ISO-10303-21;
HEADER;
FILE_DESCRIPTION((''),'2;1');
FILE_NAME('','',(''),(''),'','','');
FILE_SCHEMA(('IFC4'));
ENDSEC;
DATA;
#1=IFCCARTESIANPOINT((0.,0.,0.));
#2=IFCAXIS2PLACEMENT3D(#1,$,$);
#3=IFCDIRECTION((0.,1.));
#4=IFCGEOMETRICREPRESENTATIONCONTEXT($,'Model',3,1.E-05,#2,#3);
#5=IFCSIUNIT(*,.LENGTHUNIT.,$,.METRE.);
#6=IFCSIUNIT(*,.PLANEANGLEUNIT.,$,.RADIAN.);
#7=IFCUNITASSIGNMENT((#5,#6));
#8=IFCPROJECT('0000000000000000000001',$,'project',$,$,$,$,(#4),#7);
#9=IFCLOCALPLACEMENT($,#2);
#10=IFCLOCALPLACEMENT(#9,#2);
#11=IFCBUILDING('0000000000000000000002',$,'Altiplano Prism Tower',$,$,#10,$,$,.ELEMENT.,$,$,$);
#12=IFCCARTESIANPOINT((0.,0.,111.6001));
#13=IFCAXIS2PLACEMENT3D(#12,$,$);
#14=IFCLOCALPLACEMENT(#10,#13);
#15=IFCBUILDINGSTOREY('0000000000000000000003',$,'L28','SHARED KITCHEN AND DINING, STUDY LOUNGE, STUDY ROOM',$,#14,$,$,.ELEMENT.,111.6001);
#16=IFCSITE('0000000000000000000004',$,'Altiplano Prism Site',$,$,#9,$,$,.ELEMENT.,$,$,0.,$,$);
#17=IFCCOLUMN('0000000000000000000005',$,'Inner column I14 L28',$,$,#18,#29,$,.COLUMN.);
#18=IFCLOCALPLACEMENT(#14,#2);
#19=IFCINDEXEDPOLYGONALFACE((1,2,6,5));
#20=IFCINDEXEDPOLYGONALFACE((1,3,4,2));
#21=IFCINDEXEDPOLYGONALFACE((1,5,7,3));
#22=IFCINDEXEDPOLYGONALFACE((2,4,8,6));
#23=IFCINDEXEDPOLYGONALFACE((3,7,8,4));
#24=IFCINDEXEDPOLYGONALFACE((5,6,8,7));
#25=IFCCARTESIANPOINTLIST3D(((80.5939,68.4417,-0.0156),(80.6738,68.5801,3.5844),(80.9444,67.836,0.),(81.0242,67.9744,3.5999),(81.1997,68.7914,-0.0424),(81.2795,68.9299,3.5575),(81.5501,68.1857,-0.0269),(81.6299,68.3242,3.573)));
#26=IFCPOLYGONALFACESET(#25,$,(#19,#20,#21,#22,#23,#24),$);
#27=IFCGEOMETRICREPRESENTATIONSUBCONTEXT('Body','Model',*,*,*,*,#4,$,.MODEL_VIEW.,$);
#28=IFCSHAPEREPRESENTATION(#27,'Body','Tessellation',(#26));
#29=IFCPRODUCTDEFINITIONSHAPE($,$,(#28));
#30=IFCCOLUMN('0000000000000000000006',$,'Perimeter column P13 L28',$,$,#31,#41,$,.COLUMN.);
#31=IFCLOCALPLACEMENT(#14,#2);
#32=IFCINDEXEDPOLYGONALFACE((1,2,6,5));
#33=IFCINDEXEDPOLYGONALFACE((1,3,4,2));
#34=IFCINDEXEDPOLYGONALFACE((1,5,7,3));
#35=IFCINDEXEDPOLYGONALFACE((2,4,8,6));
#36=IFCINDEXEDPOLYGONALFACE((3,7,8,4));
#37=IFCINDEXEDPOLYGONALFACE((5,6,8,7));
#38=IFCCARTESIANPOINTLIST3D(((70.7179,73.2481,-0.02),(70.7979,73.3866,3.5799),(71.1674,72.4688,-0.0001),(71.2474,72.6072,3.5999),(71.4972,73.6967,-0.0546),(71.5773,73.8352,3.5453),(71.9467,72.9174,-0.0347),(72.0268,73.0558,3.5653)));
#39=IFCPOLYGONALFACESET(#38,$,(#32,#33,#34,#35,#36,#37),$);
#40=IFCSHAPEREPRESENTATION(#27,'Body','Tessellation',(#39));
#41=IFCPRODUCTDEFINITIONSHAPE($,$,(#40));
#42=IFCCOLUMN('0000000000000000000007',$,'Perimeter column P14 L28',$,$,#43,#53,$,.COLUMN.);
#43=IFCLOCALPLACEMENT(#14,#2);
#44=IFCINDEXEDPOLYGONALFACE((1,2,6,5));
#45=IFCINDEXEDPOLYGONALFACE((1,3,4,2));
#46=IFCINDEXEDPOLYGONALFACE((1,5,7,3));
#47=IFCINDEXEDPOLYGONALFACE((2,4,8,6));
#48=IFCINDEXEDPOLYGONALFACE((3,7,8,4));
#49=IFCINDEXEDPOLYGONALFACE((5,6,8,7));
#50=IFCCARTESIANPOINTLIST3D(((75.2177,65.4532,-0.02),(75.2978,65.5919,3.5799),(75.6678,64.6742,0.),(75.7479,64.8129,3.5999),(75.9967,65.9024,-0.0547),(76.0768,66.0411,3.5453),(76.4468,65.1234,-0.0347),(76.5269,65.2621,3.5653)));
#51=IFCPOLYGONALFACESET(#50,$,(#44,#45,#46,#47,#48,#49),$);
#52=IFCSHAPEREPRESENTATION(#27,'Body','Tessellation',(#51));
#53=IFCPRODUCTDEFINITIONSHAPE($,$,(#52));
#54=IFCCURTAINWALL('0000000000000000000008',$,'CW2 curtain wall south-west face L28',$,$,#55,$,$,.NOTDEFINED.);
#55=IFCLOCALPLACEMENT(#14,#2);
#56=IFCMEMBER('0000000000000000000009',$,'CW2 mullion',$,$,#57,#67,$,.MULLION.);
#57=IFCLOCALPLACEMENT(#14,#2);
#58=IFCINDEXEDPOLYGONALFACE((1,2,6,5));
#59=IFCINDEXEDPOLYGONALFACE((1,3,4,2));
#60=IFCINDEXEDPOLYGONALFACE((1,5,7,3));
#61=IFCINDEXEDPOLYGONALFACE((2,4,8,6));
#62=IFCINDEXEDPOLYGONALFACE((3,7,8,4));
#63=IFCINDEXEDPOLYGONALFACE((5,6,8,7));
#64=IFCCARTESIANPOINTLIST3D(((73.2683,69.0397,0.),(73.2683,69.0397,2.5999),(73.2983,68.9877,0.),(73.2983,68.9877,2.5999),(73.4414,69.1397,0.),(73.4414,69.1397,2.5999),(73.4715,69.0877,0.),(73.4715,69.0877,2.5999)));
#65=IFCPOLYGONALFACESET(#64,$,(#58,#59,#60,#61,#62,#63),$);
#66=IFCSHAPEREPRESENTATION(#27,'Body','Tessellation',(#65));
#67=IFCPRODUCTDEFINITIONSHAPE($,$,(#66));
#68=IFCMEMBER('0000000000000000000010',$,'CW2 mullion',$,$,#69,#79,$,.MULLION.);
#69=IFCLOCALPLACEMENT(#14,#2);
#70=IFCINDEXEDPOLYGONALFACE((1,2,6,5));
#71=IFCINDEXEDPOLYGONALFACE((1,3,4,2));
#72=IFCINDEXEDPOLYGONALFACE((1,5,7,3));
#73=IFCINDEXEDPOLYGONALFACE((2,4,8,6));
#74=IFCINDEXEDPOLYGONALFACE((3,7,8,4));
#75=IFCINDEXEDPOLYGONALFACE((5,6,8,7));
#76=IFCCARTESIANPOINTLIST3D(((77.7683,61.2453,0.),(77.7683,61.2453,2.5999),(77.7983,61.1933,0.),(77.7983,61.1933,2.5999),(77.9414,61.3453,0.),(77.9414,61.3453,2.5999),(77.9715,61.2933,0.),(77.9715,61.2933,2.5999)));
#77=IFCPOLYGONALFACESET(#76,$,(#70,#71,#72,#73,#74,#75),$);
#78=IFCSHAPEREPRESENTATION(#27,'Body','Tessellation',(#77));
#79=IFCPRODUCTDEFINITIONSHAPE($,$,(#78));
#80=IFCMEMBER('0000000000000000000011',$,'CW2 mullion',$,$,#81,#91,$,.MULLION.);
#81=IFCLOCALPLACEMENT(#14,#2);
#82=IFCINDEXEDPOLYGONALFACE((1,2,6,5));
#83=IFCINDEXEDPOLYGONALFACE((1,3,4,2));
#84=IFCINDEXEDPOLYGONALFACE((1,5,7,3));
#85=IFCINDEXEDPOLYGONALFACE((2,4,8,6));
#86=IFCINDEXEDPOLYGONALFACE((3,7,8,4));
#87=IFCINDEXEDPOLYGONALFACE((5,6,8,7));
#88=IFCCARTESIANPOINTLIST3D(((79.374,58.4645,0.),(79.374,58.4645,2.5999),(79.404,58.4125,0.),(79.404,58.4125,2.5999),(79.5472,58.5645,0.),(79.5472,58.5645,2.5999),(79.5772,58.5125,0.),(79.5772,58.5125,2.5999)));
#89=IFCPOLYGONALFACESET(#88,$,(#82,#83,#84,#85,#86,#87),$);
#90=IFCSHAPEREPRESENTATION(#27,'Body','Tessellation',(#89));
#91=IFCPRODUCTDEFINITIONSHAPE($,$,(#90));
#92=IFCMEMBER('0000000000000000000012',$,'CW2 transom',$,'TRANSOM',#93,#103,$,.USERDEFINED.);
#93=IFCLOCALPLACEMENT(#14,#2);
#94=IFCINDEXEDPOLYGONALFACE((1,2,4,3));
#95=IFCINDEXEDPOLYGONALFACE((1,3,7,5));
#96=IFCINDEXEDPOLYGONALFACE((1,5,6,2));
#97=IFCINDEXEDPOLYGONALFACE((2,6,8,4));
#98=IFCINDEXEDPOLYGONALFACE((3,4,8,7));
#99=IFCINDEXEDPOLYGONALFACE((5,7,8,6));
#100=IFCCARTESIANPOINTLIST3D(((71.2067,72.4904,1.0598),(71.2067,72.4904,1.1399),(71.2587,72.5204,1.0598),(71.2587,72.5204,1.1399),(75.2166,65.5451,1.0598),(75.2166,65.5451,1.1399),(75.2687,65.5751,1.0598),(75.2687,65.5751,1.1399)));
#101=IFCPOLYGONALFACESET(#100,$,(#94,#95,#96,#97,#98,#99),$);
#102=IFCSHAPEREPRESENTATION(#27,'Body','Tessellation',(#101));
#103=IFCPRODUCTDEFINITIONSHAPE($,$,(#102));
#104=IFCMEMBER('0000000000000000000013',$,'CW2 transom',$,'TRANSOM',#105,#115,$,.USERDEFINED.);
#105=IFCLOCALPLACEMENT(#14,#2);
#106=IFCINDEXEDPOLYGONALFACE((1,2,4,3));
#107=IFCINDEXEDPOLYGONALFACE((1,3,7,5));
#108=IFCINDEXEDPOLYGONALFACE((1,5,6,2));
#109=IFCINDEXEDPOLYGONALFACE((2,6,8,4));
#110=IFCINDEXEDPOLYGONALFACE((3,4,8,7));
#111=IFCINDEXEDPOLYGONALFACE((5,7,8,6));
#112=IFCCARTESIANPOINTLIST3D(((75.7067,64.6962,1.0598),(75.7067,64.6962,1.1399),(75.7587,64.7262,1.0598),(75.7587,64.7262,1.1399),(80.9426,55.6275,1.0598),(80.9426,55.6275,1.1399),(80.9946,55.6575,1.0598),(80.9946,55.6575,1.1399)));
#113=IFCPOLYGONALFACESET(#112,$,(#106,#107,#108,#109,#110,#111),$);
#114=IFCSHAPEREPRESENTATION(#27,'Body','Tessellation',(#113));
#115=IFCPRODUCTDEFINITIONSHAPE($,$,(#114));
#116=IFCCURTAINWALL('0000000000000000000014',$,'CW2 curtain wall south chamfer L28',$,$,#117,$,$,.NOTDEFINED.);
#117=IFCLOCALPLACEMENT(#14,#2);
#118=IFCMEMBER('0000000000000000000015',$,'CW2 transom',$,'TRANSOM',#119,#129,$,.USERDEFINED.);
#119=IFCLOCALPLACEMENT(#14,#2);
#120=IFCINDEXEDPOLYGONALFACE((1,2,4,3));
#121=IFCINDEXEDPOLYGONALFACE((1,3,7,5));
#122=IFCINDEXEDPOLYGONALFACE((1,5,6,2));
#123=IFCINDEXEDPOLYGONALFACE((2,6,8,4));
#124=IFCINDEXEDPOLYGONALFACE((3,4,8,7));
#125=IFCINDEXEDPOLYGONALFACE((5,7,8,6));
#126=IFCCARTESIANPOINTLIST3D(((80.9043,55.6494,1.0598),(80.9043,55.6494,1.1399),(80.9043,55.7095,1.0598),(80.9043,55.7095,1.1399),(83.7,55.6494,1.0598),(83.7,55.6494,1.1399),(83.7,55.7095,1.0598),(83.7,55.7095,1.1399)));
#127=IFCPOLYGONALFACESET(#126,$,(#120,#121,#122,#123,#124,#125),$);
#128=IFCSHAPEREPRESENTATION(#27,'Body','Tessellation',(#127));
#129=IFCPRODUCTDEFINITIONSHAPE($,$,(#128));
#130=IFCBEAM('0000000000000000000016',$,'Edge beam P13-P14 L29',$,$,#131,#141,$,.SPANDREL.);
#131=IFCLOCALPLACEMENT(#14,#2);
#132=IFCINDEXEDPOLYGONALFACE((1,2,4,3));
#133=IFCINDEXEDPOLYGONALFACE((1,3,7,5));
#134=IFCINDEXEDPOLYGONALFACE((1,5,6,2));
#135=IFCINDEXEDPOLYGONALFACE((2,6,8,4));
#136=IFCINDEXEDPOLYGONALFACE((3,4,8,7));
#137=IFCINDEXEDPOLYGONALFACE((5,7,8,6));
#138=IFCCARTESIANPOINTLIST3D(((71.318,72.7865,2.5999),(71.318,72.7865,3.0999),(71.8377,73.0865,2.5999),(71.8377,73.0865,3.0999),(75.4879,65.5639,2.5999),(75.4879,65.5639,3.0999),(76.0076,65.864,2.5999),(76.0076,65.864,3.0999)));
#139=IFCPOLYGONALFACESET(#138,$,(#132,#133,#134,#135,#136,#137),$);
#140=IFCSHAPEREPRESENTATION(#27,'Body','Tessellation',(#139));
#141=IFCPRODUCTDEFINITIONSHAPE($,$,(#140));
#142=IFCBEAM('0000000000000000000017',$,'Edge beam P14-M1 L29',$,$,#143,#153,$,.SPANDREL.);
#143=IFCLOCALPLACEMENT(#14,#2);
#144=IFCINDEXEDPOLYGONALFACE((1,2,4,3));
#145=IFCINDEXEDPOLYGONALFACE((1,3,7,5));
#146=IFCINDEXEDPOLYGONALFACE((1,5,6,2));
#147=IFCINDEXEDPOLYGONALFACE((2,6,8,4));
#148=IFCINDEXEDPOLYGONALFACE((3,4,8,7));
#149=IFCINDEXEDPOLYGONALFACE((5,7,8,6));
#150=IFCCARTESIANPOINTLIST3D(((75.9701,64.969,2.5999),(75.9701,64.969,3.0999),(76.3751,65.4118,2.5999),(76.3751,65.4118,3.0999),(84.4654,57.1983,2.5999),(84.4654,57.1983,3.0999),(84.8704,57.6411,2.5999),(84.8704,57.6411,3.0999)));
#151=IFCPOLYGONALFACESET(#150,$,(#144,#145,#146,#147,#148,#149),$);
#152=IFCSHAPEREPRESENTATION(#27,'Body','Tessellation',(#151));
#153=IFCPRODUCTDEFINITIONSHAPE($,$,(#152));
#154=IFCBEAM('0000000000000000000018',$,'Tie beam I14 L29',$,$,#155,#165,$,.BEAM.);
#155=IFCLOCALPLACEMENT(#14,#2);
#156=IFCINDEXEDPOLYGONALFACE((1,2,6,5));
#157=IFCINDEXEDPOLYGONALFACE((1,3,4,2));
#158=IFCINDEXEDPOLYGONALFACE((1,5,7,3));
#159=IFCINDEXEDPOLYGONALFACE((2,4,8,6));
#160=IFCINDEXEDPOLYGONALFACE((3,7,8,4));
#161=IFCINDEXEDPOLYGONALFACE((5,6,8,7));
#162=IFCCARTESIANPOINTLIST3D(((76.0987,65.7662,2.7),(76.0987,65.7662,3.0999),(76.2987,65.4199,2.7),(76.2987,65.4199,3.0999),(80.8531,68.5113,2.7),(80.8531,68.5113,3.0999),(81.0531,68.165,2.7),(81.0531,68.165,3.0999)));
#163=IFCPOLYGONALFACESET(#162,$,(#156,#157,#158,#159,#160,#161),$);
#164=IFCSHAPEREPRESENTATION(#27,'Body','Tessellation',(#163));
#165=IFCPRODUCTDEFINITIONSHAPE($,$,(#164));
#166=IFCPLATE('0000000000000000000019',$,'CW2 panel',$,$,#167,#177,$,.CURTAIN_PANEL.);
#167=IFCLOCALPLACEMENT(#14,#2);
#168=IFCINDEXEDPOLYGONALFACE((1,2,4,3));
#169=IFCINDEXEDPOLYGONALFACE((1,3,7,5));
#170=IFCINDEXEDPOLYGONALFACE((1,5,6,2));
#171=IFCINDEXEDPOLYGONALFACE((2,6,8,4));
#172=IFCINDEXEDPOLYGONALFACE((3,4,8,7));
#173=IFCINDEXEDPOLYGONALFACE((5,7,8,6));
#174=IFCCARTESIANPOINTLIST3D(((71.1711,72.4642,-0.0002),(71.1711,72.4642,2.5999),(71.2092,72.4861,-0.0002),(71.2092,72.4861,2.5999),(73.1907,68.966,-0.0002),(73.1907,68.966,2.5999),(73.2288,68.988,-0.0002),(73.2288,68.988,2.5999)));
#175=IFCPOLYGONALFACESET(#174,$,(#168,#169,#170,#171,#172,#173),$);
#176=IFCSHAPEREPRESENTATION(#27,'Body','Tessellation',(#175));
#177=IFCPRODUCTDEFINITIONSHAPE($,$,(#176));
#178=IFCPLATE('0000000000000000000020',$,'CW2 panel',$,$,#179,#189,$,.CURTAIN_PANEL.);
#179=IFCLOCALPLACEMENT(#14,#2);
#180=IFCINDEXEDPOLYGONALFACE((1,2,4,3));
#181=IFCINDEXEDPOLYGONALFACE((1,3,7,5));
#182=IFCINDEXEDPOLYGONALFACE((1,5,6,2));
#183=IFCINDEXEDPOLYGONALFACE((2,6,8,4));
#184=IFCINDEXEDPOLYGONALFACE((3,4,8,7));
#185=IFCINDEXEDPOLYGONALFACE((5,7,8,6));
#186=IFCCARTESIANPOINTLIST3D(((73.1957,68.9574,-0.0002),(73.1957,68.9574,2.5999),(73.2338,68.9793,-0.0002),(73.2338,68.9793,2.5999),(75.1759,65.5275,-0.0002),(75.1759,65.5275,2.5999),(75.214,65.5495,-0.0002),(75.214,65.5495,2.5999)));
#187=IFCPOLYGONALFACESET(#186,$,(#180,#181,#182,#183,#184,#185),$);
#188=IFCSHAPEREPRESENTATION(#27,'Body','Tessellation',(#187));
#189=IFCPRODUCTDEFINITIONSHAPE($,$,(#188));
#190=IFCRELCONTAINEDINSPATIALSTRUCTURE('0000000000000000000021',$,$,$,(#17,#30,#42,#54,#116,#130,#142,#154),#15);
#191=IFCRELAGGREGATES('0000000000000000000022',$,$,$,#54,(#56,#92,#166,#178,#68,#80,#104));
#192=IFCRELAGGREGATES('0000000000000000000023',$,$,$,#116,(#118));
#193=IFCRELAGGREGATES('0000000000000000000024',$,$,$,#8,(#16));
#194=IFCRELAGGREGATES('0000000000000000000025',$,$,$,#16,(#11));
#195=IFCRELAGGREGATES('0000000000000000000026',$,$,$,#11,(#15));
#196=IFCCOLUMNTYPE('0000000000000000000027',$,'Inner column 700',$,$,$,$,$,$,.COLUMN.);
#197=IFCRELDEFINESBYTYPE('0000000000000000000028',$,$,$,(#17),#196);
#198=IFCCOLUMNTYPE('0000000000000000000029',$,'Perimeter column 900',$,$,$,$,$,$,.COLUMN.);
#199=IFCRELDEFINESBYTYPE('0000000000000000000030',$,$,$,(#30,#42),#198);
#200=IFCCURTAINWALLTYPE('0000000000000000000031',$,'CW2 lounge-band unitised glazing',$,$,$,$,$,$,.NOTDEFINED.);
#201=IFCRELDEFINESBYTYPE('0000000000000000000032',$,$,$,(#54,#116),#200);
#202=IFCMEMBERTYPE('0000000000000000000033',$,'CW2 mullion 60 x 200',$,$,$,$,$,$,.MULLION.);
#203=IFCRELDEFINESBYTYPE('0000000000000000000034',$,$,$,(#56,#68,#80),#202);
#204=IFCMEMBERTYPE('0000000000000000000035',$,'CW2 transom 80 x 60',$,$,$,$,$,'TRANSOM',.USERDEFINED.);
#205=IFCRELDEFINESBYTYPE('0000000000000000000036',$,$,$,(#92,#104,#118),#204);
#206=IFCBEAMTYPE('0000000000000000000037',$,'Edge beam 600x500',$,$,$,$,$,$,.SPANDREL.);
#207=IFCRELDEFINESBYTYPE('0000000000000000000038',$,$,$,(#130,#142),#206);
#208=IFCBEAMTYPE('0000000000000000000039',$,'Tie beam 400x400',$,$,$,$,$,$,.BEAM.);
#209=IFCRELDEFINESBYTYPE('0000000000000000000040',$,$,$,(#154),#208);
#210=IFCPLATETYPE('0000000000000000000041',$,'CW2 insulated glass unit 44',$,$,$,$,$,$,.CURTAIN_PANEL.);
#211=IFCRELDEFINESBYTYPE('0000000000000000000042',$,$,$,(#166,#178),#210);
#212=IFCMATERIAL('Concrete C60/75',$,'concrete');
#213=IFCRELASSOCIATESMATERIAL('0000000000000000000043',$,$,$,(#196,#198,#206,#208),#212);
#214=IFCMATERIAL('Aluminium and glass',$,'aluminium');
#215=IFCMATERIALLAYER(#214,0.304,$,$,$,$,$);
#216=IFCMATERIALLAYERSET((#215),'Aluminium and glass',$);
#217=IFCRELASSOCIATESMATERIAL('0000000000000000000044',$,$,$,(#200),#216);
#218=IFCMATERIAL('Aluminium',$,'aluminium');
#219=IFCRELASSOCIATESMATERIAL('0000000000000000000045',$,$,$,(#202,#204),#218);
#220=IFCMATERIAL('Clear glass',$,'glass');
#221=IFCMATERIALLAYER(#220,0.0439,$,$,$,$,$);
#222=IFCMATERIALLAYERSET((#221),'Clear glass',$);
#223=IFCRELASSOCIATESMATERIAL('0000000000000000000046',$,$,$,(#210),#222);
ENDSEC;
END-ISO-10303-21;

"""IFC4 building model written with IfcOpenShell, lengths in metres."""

from ifc_helpers import new_model, si_unit, direction, frame, origin, origin_2d, place, context, subcontext, project, spatial, rectangle, extrude, material, layer, layer_set, material_profile, profile_set, type_object, element, aggregate, save


model = new_model("IFC4")

# Units and contexts
model_context = context("Model", 3, precision=1e-05, world=origin(), true_north=direction((0.0, 1.0)))
body_context = subcontext(model_context, "Body", "Model", "MODEL_VIEW")
ifc_project = project(units=[si_unit("LENGTHUNIT", "METRE"), si_unit("PLANEANGLEUNIT", "RADIAN")], contexts=[model_context])

# Site, building, storey
site_placement = place(None, origin())
site = spatial("IfcSite", under=ifc_project, at=site_placement, Name="Altiplano Prism Site", CompositionType="ELEMENT", RefElevation=0.0)
building_placement = place(site_placement, origin())
building = spatial("IfcBuilding", under=site, at=building_placement, Name="Altiplano Prism Tower", CompositionType="ELEMENT")
storey_placement = place(building_placement, frame((0.0, 0.0, 111.6001)))
storey = spatial("IfcBuildingStorey", under=building, at=storey_placement, Name="L28", Description="SHARED KITCHEN AND DINING, STUDY LOUNGE, STUDY ROOM", CompositionType="ELEMENT", Elevation=111.6001)

# Columns
ifc_material_1 = material(Name="Concrete C60/75", Category="concrete")
ifc_material_profile_1 = material_profile(ifc_material_1, rectangle(XDim=0.7, YDim=0.7, at=origin_2d()), Name="Inner column 700")
ifc_profile_set_1 = profile_set([ifc_material_profile_1], Name="Concrete C60/75")
column_type_1 = type_object("IfcColumnType", Name="Inner column 700", PredefinedType="COLUMN", material=ifc_profile_set_1)
column_placement = place(storey_placement, frame((81.072, 68.3137, -0.0212), z_axis=(0.022155, 0.038416, 0.999016), x_axis=(-0.865365, -0.499669, 0.038405)))
element("IfcColumn", 1, at=column_placement, inside=storey, type_object=column_type_1, Name="Inner column I14 L28", PredefinedType="COLUMN", context=body_context, shape_type="SweptSolid", body=[
    extrude(rectangle(XDim=0.7, YDim=0.7, at=origin_2d()), origin(), (0.0, 0.0, 1.0), 3.6035),
])
ifc_material_profile_2 = material_profile(ifc_material_1, rectangle(XDim=0.8999, YDim=0.8999, at=origin_2d()), Name="Perimeter column 900")
ifc_profile_set_2 = profile_set([ifc_material_profile_2], Name="Concrete C60/75")
column_type_2 = type_object("IfcColumnType", Name="Perimeter column 900", PredefinedType="COLUMN", material=ifc_profile_set_2)
for number, where, z_axis, x_axis, name in (
    (2, (71.3323, 73.0828, -0.0273), (0.022223, 0.038416, 0.999015), (-0.866024, -0.498523, 0.038435), "Perimeter column P13 L28"),
    (3, (75.8323, 65.2883, -0.0273), (0.022223, 0.038483, 0.999012), (-0.865642, -0.499182, 0.038485), "Perimeter column P14 L28"),
):
    element("IfcColumn", number, at=place(storey_placement, frame(where, z_axis=z_axis, x_axis=x_axis)), inside=storey, type_object=column_type_2, Name=name, PredefinedType="COLUMN", context=body_context, shape_type="SweptSolid", body=[
        extrude(rectangle(XDim=0.8999, YDim=0.8999, at=origin_2d()), origin(), (0.0, 0.0, 1.0), 3.6035),
    ])

# Curtain wall, members
ifc_material_2 = material(Name="Aluminium and glass", Category="aluminium")
ifc_layer_1 = layer(ifc_material_2, 0.304)
ifc_layer_set_1 = layer_set([ifc_layer_1], Name="Aluminium and glass")
curtain_wall_type = type_object("IfcCurtainWallType", Name="CW2 lounge-band unitised glazing", PredefinedType="NOTDEFINED", material=ifc_layer_set_1)
curtain_wall_1_placement = place(storey_placement, origin())
curtain_wall_1 = element("IfcCurtainWall", 4, at=curtain_wall_1_placement, inside=storey, type_object=curtain_wall_type, Name="CW2 curtain wall south-west face L28", PredefinedType="NOTDEFINED")
ifc_material_3 = material(Name="Aluminium", Category="aluminium")
ifc_material_profile_3 = material_profile(ifc_material_3, rectangle(XDim=0.2, YDim=0.0601, at=origin_2d()), Name="CW2 mullion 60 x 200")
ifc_profile_set_3 = profile_set([ifc_material_profile_3], Name="Aluminium")
member_type_1 = type_object("IfcMemberType", Name="CW2 mullion 60 x 200", PredefinedType="MULLION", material=ifc_profile_set_3)
member_1_placement = place(storey_placement, frame((73.3699, 69.0637, 0.0), z_axis=(0.0, 0.0, 1.0), x_axis=(0.866025, 0.5, 0.0)))
member_1 = element("IfcMember", 5, at=member_1_placement, type_object=member_type_1, Name="CW2 mullion", PredefinedType="MULLION", context=body_context, shape_type="SweptSolid", body=[
    extrude(rectangle(XDim=0.2, YDim=0.0601, at=origin_2d()), origin(), (0.0, 0.0, 1.0), 2.5999),
])
member_2_placement = place(storey_placement, frame((77.8699, 61.2693, 0.0), z_axis=(0.0, 0.0, 1.0), x_axis=(0.866025, 0.5, 0.0)))
member_2 = element("IfcMember", 6, at=member_2_placement, type_object=member_type_1, Name="CW2 mullion", PredefinedType="MULLION", context=body_context, shape_type="SweptSolid", body=[
    extrude(rectangle(XDim=0.2, YDim=0.0601, at=origin_2d()), origin(), (0.0, 0.0, 1.0), 2.5999),
])
member_3_placement = place(storey_placement, frame((79.4756, 58.4885, 0.0), z_axis=(0.0, 0.0, 1.0), x_axis=(0.866025, 0.5, 0.0)))
member_3 = element("IfcMember", 7, at=member_3_placement, type_object=member_type_1, Name="CW2 mullion", PredefinedType="MULLION", context=body_context, shape_type="SweptSolid", body=[
    extrude(rectangle(XDim=0.2, YDim=0.0601, at=origin_2d()), origin(), (0.0, 0.0, 1.0), 2.5999),
])
ifc_material_profile_4 = material_profile(ifc_material_3, rectangle(XDim=0.0601, YDim=0.0801, at=origin_2d()), Name="CW2 transom 80 x 60")
ifc_profile_set_4 = profile_set([ifc_material_profile_4], Name="Aluminium")
member_type_2 = type_object("IfcMemberType", Name="CW2 transom 80 x 60", ElementType="TRANSOM", PredefinedType="USERDEFINED", material=ifc_profile_set_4)
member_4_placement = place(storey_placement, frame((71.2327, 72.5054, 1.0999), z_axis=(0.500012, -0.866018, 0.0), x_axis=(0.866018, 0.500012, 0.0)))
member_4 = element("IfcMember", 8, at=member_4_placement, type_object=member_type_2, Name="CW2 transom", ObjectType="TRANSOM", PredefinedType="USERDEFINED", context=body_context, shape_type="SweptSolid", body=[
    extrude(rectangle(XDim=0.0601, YDim=0.0801, at=origin_2d()), origin(), (0.0, 0.0, 1.0), 8.0198),
])
member_5_placement = place(storey_placement, frame((75.7327, 64.7112, 1.0999), z_axis=(0.500006, -0.866022, 0.0), x_axis=(0.866022, 0.500006, 0.0)))
member_5 = element("IfcMember", 9, at=member_5_placement, type_object=member_type_2, Name="CW2 transom", ObjectType="TRANSOM", PredefinedType="USERDEFINED", context=body_context, shape_type="SweptSolid", body=[
    extrude(rectangle(XDim=0.0601, YDim=0.0801, at=origin_2d()), origin(), (0.0, 0.0, 1.0), 10.4717),
])

# Curtain wall, member
curtain_wall_2_placement = place(storey_placement, origin())
curtain_wall_2 = element("IfcCurtainWall", 10, at=curtain_wall_2_placement, inside=storey, type_object=curtain_wall_type, Name="CW2 curtain wall south chamfer L28", PredefinedType="NOTDEFINED")
member_6_placement = place(storey_placement, frame((80.9043, 55.6794, 1.0999), z_axis=(1.0, 0.0, 0.0), x_axis=(0.0, 1.0, 0.0)))
member_6 = element("IfcMember", 11, at=member_6_placement, type_object=member_type_2, Name="CW2 transom", ObjectType="TRANSOM", PredefinedType="USERDEFINED", context=body_context, shape_type="SweptSolid", body=[
    extrude(rectangle(XDim=0.0601, YDim=0.0801, at=origin_2d()), origin(), (0.0, 0.0, 1.0), 2.7957),
])

# Beams
ifc_material_profile_5 = material_profile(ifc_material_1, rectangle(XDim=0.6001, YDim=0.5, at=origin_2d()), Name="Edge beam 600x500")
ifc_profile_set_5 = profile_set([ifc_material_profile_5], Name="Concrete C60/75")
beam_type_1 = type_object("IfcBeamType", Name="Edge beam 600x500", PredefinedType="SPANDREL", material=ifc_profile_set_5)
beam_1_placement = place(storey_placement, frame((71.5779, 72.9365, 2.8499), z_axis=(0.499993, -0.86603, 0.0), x_axis=(0.86603, 0.499993, 0.0)))
element("IfcBeam", 12, at=beam_1_placement, inside=storey, type_object=beam_type_1, Name="Edge beam P13-P14 L29", PredefinedType="SPANDREL", context=body_context, shape_type="SweptSolid", body=[
    extrude(rectangle(XDim=0.6001, YDim=0.5, at=origin_2d()), origin(), (0.0, 0.0, 1.0), 8.3398),
])
beam_2_placement = place(storey_placement, frame((76.1726, 65.1904, 2.8499), z_axis=(0.737875, -0.674938, 0.0), x_axis=(0.674938, 0.737875, 0.0)))
element("IfcBeam", 13, at=beam_2_placement, inside=storey, type_object=beam_type_1, Name="Edge beam P14-M1 L29", PredefinedType="SPANDREL", context=body_context, shape_type="SweptSolid", body=[
    extrude(rectangle(XDim=0.6001, YDim=0.5, at=origin_2d()), origin(), (0.0, 0.0, 1.0), 11.5132),
])
ifc_material_profile_6 = material_profile(ifc_material_1, rectangle(XDim=0.3999, YDim=0.3999, at=origin_2d()), Name="Tie beam 400x400")
ifc_profile_set_6 = profile_set([ifc_material_profile_6], Name="Concrete C60/75")
beam_type_2 = type_object("IfcBeamType", Name="Tie beam 400x400", PredefinedType="BEAM", material=ifc_profile_set_6)
beam_3_placement = place(storey_placement, frame((80.9531, 68.3381, 2.8999), z_axis=(-0.866012, -0.500023, 0.0), x_axis=(0.500023, -0.866012, 0.0)))
element("IfcBeam", 14, at=beam_3_placement, inside=storey, type_object=beam_type_2, Name="Tie beam I14 L29", PredefinedType="BEAM", context=body_context, shape_type="SweptSolid", body=[
    extrude(rectangle(XDim=0.3999, YDim=0.3999, at=origin_2d()), origin(), (0.0, 0.0, 1.0), 5.49),
])

# Plates
ifc_material_4 = material(Name="Clear glass", Category="glass")
ifc_layer_2 = layer(ifc_material_4, 0.0439)
ifc_layer_set_2 = layer_set([ifc_layer_2], Name="Clear glass")
plate_type = type_object("IfcPlateType", Name="CW2 insulated glass unit 44", PredefinedType="CURTAIN_PANEL", material=ifc_layer_set_2)
plate_1_placement = place(storey_placement, frame((72.2, 70.7261, -0.0002), z_axis=(0.0, 0.0, 1.0), x_axis=(0.5, -0.866025, 0.0)))
plate_1 = element("IfcPlate", 15, at=plate_1_placement, type_object=plate_type, Name="CW2 panel", PredefinedType="CURTAIN_PANEL", context=body_context, shape_type="SweptSolid", body=[
    extrude(rectangle(XDim=4.0393, YDim=0.0439, at=origin_2d()), origin(), (0.0, 0.0, 1.0), 2.6001),
])
plate_2_placement = place(storey_placement, frame((74.2048, 67.2534, -0.0002), z_axis=(0.0, 0.0, 1.0), x_axis=(0.5, -0.866025, 0.0)))
plate_2 = element("IfcPlate", 16, at=plate_2_placement, type_object=plate_type, Name="CW2 panel", PredefinedType="CURTAIN_PANEL", context=body_context, shape_type="SweptSolid", body=[
    extrude(rectangle(XDim=3.9604, YDim=0.0439, at=origin_2d()), origin(), (0.0, 0.0, 1.0), 2.6001),
])
aggregate(curtain_wall_1, [member_1, member_4, plate_1, plate_2, member_2, member_3, member_5])
aggregate(curtain_wall_2, [member_6])

save(model, "model.ifc")
